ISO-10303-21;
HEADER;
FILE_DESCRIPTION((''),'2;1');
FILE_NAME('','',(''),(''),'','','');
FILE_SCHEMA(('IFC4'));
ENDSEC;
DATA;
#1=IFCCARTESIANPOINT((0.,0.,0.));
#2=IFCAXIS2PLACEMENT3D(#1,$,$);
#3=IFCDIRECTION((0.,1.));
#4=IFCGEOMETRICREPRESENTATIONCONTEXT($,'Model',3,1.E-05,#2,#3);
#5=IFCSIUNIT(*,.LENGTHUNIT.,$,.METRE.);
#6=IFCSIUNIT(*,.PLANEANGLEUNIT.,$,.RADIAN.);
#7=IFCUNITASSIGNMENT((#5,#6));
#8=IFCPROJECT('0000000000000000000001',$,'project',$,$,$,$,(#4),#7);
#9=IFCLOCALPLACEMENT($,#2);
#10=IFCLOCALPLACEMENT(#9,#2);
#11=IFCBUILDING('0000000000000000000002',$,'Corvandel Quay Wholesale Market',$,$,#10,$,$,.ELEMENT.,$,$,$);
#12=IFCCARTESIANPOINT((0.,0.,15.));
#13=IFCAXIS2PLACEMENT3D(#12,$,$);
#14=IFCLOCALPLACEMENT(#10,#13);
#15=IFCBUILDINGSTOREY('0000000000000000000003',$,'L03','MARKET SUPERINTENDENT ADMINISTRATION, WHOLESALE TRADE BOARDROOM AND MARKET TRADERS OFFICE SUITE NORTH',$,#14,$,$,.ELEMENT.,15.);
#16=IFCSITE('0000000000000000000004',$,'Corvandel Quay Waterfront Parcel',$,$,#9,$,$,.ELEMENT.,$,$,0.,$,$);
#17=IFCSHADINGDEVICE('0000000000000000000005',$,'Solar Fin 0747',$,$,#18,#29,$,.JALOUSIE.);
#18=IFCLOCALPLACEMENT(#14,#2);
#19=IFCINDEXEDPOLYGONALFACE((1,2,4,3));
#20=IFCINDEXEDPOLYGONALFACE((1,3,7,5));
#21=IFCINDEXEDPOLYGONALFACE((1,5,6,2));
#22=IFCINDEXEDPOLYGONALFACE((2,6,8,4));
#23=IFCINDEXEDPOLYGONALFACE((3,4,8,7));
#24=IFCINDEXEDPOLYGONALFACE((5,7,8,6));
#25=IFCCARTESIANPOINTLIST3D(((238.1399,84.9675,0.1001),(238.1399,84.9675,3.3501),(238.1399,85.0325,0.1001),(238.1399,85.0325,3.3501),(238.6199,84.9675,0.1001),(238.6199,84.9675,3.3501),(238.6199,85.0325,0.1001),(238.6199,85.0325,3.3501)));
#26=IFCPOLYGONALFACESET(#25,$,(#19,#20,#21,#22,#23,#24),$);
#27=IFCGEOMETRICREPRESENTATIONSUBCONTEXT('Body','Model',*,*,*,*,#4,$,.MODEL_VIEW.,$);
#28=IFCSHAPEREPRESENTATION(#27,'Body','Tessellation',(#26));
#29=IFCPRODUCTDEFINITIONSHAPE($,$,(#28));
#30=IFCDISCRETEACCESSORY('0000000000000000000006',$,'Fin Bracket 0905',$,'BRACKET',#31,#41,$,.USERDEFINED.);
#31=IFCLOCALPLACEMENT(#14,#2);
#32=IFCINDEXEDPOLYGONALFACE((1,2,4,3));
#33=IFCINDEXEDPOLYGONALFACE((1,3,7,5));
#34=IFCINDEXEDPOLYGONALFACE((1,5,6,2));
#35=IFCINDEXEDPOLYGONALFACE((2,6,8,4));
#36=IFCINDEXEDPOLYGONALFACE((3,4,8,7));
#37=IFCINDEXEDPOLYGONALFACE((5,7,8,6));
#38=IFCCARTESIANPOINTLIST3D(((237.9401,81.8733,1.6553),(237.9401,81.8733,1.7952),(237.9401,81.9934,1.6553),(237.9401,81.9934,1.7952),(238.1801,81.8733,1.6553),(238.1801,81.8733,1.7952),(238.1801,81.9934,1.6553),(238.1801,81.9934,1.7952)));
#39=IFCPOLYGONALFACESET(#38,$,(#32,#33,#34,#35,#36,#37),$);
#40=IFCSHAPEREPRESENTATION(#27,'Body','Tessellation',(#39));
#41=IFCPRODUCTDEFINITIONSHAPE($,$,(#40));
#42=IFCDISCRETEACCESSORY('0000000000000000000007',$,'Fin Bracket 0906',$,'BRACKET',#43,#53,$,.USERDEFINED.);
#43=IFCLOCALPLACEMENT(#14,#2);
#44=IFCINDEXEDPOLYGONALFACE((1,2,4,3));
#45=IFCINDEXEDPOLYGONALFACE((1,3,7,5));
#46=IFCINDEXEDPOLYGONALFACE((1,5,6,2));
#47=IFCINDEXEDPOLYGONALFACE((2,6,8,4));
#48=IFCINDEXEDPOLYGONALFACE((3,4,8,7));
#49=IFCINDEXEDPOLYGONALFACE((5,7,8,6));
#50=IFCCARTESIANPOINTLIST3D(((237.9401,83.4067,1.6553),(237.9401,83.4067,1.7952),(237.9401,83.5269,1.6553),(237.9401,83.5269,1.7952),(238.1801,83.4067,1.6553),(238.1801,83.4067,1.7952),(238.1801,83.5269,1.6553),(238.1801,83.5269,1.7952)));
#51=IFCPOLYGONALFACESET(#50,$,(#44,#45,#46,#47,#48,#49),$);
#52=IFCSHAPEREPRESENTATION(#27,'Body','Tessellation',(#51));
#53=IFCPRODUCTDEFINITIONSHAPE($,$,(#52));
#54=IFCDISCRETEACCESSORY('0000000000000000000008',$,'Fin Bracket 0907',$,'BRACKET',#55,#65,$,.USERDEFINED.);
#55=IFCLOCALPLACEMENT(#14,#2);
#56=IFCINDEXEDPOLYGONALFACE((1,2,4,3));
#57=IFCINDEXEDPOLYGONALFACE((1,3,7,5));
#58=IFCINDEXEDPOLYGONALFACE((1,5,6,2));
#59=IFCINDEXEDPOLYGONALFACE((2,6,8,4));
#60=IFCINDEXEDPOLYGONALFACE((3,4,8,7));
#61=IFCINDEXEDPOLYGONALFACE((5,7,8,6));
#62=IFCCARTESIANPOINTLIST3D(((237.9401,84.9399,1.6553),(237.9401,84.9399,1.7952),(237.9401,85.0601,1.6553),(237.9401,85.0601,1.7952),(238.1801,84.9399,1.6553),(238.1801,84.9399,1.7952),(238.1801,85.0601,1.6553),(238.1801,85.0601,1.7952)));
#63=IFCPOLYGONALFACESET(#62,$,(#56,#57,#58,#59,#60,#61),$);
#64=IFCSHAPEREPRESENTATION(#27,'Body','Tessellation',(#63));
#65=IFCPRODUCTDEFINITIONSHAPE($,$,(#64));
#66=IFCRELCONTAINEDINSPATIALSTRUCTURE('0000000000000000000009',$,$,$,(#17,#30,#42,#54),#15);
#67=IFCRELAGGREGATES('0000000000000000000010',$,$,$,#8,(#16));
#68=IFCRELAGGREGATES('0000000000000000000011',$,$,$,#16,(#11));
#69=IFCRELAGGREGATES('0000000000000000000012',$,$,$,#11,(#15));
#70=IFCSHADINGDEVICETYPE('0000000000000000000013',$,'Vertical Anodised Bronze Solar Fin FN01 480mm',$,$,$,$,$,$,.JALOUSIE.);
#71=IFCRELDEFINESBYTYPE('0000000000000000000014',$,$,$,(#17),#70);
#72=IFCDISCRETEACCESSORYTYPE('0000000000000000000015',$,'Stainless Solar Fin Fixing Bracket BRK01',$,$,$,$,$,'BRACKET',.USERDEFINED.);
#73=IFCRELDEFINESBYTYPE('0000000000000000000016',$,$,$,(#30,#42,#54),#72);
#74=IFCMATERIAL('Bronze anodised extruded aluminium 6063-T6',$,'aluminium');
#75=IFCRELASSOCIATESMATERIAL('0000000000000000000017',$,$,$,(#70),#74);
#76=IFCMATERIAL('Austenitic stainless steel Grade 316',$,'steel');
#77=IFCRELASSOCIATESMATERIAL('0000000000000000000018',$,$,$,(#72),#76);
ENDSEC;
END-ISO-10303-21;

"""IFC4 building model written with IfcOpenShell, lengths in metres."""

from ifc_helpers import new_model, si_unit, direction, frame, origin, origin_2d, place, context, subcontext, project, spatial, rectangle, extrude, material, type_object, element, save


model = new_model("IFC4")

# Units and contexts
model_context = context("Model", 3, precision=1e-05, world=origin(), true_north=direction((0.0, 1.0)))
body_context = subcontext(model_context, "Body", "Model", "MODEL_VIEW")
ifc_project = project(units=[si_unit("LENGTHUNIT", "METRE"), si_unit("PLANEANGLEUNIT", "RADIAN")], contexts=[model_context])

# Site, building, storey
site_placement = place(None, origin())
site = spatial("IfcSite", under=ifc_project, at=site_placement, Name="Corvandel Quay Waterfront Parcel", CompositionType="ELEMENT", RefElevation=0.0)
building_placement = place(site_placement, origin())
building = spatial("IfcBuilding", under=site, at=building_placement, Name="Corvandel Quay Wholesale Market", CompositionType="ELEMENT")
storey_placement = place(building_placement, frame((0.0, 0.0, 15.0)))
storey = spatial("IfcBuildingStorey", under=building, at=storey_placement, Name="L03", Description="MARKET SUPERINTENDENT ADMINISTRATION, WHOLESALE TRADE BOARDROOM AND MARKET TRADERS OFFICE SUITE NORTH", CompositionType="ELEMENT", Elevation=15.0)

# Shading device
ifc_material_1 = material(Name="Bronze anodised extruded aluminium 6063-T6", Category="aluminium")
shading_device_type = type_object("IfcShadingDeviceType", Name="Vertical Anodised Bronze Solar Fin FN01 480mm", PredefinedType="JALOUSIE", material=ifc_material_1)
for number, where, z_axis, x_axis, name in (
    (1, (238.3799, 85.0, 0.1001), (0.0, 0.0, 1.0), (1.0, 0.0, 0.0), "Solar Fin 0747"),
):
    element("IfcShadingDevice", number, at=place(storey_placement, frame(where, z_axis=z_axis, x_axis=x_axis)), inside=storey, type_object=shading_device_type, Name=name, PredefinedType="JALOUSIE", context=body_context, shape_type="SweptSolid", body=[
        extrude(rectangle(XDim=0.48, YDim=0.0649, at=origin_2d()), origin(), (0.0, 0.0, 1.0), 3.25),
    ])

# Discrete accessories
ifc_material_2 = material(Name="Austenitic stainless steel Grade 316", Category="steel")
discrete_accessory_type = type_object("IfcDiscreteAccessoryType", Name="Stainless Solar Fin Fixing Bracket BRK01", ElementType="BRACKET", PredefinedType="USERDEFINED", material=ifc_material_2)
for number, where, z_axis, x_axis, name in (
    (2, (238.0601, 81.9333, 1.6553), (0.0, 0.0, 1.0), (1.0, 0.0, 0.0), "Fin Bracket 0905"),
    (3, (238.0601, 83.4668, 1.6553), (0.0, 0.0, 1.0), (1.0, 0.0, 0.0), "Fin Bracket 0906"),
    (4, (238.0601, 85.0, 1.6553), (0.0, 0.0, 1.0), (1.0, 0.0, 0.0), "Fin Bracket 0907"),
):
    element("IfcDiscreteAccessory", number, at=place(storey_placement, frame(where, z_axis=z_axis, x_axis=x_axis)), inside=storey, type_object=discrete_accessory_type, Name=name, ObjectType="BRACKET", PredefinedType="USERDEFINED", context=body_context, shape_type="SweptSolid", body=[
        extrude(rectangle(XDim=0.24, YDim=0.1201, at=origin_2d()), origin(), (0.0, 0.0, 1.0), 0.1399),
    ])

save(model, "model.ifc")
